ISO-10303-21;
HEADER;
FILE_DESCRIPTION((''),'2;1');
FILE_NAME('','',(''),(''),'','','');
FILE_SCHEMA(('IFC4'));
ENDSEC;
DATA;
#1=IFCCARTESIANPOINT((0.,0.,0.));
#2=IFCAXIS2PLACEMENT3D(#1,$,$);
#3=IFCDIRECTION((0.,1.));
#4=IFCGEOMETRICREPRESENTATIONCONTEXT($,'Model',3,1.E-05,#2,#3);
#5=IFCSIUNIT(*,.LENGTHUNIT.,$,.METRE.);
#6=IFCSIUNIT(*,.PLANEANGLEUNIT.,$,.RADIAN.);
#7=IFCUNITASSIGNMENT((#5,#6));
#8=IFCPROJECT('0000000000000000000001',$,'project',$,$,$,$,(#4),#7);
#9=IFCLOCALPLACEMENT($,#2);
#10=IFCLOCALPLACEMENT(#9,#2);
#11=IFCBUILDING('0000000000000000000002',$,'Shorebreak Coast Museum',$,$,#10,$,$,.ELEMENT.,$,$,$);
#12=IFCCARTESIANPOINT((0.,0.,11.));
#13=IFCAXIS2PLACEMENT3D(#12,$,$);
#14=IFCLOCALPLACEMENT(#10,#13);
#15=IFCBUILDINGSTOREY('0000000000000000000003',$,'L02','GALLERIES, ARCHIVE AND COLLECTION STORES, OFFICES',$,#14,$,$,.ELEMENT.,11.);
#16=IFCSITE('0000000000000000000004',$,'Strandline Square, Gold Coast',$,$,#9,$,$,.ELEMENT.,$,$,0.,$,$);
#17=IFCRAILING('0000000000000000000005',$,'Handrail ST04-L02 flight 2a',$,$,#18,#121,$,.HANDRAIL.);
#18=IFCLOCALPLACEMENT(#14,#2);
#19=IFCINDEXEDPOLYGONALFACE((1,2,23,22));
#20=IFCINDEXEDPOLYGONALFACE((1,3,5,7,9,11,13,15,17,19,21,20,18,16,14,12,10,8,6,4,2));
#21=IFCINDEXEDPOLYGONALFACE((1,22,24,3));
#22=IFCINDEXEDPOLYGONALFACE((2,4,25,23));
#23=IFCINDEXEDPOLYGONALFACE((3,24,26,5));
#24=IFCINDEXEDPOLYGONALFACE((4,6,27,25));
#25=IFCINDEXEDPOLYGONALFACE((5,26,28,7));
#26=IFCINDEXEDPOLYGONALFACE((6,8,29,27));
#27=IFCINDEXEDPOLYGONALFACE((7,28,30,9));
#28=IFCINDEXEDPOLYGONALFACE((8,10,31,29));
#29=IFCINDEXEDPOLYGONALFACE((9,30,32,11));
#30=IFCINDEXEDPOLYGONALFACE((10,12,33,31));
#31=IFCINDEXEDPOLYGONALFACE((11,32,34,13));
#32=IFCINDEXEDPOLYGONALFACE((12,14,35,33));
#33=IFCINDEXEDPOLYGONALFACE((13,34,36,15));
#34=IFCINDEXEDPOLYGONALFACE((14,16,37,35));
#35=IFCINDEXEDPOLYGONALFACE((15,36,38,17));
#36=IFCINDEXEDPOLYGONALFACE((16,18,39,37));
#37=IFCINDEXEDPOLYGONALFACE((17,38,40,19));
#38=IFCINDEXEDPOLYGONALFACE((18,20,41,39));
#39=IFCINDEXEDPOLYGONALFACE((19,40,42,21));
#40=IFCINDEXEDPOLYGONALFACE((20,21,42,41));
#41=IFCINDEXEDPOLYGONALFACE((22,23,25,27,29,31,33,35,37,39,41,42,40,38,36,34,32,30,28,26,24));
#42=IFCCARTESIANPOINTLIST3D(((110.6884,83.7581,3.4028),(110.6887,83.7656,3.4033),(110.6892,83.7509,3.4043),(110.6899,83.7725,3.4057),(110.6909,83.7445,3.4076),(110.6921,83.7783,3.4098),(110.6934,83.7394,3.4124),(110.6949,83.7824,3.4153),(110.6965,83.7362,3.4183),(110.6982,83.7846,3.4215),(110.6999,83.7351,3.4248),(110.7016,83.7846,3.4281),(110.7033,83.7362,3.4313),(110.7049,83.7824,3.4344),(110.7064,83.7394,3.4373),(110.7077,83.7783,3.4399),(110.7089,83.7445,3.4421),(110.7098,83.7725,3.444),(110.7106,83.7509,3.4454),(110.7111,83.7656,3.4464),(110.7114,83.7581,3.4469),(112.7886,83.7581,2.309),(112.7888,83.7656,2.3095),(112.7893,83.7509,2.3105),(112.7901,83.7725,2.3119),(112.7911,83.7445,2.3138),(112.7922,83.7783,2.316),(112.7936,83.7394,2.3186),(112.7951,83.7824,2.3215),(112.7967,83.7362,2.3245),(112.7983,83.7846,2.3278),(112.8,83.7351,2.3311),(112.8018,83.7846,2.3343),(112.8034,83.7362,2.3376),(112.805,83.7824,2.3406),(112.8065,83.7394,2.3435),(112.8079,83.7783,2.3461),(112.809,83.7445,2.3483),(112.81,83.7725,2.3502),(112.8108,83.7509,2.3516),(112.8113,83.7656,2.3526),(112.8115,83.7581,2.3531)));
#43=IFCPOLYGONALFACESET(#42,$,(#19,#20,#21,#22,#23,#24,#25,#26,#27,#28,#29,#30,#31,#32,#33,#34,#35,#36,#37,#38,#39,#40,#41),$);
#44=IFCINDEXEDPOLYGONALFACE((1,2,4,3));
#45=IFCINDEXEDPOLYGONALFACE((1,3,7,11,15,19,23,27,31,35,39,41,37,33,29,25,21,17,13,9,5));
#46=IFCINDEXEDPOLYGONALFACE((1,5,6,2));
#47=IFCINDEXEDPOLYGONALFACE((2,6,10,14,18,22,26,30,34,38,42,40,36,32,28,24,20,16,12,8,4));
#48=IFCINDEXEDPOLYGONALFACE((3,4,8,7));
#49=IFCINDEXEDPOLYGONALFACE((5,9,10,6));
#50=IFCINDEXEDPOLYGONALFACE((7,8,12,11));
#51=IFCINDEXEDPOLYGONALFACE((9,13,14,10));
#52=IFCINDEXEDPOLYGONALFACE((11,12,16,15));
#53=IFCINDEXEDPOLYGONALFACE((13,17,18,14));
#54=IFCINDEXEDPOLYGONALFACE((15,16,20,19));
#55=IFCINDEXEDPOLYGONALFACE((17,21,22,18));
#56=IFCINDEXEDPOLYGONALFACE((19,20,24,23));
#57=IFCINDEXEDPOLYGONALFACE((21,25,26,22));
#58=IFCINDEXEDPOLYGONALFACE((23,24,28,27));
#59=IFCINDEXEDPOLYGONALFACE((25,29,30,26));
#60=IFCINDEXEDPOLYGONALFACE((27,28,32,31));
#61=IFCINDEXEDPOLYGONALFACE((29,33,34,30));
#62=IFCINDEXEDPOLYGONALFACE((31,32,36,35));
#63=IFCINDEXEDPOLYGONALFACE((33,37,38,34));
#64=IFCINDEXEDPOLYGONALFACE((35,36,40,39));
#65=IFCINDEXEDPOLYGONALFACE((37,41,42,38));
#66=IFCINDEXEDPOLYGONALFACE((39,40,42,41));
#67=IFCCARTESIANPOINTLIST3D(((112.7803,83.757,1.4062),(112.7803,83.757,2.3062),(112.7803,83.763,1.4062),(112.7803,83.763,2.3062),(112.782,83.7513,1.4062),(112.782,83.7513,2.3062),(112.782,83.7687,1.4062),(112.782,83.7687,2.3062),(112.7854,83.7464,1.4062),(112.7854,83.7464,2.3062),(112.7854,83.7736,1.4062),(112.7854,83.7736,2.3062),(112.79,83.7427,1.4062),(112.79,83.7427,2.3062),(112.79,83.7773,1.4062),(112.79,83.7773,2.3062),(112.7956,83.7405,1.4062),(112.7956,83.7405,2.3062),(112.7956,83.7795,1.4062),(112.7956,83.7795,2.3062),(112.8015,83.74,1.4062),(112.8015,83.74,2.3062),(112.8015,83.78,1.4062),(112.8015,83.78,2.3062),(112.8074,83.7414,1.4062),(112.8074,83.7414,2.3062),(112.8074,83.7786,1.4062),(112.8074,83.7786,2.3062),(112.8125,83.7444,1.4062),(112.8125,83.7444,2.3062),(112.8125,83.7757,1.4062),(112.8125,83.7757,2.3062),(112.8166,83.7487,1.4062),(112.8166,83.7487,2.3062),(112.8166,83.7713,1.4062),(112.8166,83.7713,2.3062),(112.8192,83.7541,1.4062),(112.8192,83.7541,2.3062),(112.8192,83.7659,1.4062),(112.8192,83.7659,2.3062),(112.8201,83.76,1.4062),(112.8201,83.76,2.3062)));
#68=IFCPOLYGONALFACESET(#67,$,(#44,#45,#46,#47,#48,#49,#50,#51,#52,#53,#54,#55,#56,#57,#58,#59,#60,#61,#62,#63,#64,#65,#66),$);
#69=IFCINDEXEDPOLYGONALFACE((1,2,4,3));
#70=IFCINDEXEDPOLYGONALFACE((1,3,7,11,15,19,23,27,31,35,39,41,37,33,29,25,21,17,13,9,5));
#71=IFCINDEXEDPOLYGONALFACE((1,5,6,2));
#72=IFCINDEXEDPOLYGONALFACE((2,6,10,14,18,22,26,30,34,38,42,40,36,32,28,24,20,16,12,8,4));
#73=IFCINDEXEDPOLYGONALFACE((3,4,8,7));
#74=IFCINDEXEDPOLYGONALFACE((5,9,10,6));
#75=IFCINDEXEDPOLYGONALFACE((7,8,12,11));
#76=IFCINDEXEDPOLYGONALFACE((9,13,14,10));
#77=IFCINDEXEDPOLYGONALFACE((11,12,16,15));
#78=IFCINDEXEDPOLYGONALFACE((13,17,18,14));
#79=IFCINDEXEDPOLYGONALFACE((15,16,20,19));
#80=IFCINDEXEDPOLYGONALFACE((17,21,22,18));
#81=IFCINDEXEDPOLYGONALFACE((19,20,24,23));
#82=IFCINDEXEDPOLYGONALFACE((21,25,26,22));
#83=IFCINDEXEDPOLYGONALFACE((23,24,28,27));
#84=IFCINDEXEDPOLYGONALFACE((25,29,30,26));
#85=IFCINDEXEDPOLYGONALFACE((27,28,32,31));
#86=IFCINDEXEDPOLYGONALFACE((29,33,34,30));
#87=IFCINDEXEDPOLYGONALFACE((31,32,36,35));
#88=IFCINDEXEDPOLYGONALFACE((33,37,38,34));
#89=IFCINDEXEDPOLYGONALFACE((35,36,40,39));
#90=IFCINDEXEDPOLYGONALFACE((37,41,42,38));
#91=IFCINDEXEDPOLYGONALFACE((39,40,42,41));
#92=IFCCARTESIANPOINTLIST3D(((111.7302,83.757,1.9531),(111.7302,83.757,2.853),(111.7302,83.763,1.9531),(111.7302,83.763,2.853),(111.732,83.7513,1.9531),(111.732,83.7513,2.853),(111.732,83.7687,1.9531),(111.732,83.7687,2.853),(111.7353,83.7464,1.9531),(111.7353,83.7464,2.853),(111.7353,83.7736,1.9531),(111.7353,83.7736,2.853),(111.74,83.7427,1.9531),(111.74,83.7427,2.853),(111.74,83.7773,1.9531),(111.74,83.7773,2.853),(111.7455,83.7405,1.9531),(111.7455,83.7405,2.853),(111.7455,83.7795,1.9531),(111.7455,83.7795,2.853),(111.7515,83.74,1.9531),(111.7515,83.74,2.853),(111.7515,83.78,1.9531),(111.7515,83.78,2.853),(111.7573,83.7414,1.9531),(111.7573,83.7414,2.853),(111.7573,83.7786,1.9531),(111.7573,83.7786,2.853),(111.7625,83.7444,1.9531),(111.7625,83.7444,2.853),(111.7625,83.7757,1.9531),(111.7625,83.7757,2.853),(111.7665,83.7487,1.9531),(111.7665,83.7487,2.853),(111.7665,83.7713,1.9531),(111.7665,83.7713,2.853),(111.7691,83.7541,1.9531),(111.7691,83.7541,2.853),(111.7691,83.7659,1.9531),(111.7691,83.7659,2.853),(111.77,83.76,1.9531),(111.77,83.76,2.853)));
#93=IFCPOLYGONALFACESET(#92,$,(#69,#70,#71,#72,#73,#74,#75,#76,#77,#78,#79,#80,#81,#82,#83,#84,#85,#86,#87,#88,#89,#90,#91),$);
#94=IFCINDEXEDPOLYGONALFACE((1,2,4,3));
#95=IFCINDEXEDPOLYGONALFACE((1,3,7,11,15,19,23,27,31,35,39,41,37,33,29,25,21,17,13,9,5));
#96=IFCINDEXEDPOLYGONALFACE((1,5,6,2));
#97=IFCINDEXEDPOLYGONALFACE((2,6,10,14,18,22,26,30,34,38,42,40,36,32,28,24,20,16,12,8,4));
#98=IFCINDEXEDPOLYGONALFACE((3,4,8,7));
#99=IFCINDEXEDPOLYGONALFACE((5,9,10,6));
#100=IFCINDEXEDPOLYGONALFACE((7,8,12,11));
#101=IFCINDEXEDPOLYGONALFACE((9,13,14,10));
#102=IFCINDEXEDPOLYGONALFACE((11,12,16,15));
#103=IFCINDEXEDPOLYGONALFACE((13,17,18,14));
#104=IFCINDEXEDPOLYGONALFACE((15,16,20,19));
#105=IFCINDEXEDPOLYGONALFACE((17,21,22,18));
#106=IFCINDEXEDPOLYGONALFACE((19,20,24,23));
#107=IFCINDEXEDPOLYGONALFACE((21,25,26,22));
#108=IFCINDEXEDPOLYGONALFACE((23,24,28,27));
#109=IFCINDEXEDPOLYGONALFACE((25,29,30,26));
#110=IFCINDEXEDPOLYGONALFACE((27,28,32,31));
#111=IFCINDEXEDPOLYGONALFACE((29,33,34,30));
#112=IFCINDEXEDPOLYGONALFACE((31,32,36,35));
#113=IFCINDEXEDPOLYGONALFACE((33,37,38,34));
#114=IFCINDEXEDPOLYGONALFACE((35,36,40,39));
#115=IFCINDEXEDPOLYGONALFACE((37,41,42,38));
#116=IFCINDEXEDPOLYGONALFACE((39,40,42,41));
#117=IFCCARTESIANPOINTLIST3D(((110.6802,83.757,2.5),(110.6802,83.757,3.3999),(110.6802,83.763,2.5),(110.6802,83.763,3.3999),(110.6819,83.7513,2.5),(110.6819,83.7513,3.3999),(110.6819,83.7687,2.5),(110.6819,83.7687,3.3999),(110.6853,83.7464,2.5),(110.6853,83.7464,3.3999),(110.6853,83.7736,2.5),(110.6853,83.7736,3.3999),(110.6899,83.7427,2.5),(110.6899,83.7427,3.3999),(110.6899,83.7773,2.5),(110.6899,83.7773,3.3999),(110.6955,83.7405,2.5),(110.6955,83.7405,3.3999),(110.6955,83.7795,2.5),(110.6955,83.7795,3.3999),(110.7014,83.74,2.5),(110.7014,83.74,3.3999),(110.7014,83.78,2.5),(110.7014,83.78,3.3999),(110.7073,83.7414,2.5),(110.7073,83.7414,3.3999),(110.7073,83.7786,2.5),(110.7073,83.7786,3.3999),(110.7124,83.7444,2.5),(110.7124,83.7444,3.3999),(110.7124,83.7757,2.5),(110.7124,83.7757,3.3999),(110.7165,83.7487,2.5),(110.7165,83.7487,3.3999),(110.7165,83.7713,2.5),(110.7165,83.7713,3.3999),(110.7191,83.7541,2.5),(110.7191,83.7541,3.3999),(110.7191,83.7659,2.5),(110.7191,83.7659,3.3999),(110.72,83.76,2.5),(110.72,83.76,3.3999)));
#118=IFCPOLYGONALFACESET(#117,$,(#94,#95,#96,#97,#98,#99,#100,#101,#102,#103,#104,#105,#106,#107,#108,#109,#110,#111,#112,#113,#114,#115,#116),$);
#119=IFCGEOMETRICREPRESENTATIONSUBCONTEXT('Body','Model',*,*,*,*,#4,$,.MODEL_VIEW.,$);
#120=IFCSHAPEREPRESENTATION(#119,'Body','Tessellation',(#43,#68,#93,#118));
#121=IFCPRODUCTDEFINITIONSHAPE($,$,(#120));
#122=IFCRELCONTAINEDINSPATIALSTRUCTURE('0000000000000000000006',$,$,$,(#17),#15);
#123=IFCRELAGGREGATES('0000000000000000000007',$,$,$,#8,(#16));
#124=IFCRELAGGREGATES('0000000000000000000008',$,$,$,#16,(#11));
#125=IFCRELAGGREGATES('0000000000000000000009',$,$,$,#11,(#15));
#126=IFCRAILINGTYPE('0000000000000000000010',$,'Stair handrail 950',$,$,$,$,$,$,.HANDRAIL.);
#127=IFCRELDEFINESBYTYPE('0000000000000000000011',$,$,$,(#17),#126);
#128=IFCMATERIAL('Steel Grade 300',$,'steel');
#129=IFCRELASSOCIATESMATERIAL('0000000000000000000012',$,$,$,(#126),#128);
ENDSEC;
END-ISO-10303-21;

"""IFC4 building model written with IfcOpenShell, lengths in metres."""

from ifc_helpers import new_model, si_unit, direction, frame, origin, origin_2d, place, context, subcontext, project, spatial, circle, extrude, material, type_object, element, save


model = new_model("IFC4")

# Units and contexts
model_context = context("Model", 3, precision=1e-05, world=origin(), true_north=direction((0.0, 1.0)))
body_context = subcontext(model_context, "Body", "Model", "MODEL_VIEW")
ifc_project = project(units=[si_unit("LENGTHUNIT", "METRE"), si_unit("PLANEANGLEUNIT", "RADIAN")], contexts=[model_context])

# Site, building, storey
site_placement = place(None, origin())
site = spatial("IfcSite", under=ifc_project, at=site_placement, Name="Strandline Square, Gold Coast", CompositionType="ELEMENT", RefElevation=0.0)
building_placement = place(site_placement, origin())
building = spatial("IfcBuilding", under=site, at=building_placement, Name="Shorebreak Coast Museum", CompositionType="ELEMENT")
storey_placement = place(building_placement, frame((0.0, 0.0, 11.0)))
storey = spatial("IfcBuildingStorey", under=building, at=storey_placement, Name="L02", Description="GALLERIES, ARCHIVE AND COLLECTION STORES, OFFICES", CompositionType="ELEMENT", Elevation=11.0)

# Railing
ifc_material_1 = material(Name="Steel Grade 300", Category="steel")
railing_type_1 = type_object("IfcRailingType", Name="Stair handrail 950", PredefinedType="HANDRAIL", material=ifc_material_1)
railing_1_placement = place(storey_placement, frame((112.8, 83.76, 1.4062)))
element("IfcRailing", 1, at=railing_1_placement, inside=storey, type_object=railing_type_1, Name="Handrail ST04-L02 flight 2a", PredefinedType="HANDRAIL", context=body_context, shape_type="SweptSolid", body=[
    extrude(circle(Radius=0.0249, at=origin_2d()), frame((0.0, 0.0, 0.9248), z_axis=(-0.886923, 0.0, 0.461918), x_axis=(0.0, -1.0, 0.0)), (0.0, 0.0, 1.0), 2.3679),
    extrude(circle(Radius=0.02, at=origin_2d()), origin(), (0.0, 0.0, 1.0), 0.8999),
    extrude(circle(Radius=0.02, at=origin_2d()), frame((-1.05, 0.0, 0.5469)), (0.0, 0.0, 1.0), 0.8999),
    extrude(circle(Radius=0.02, at=origin_2d()), frame((-2.1001, 0.0, 1.0938)), (0.0, 0.0, 1.0), 0.8999),
])

save(model, "model.ifc")
